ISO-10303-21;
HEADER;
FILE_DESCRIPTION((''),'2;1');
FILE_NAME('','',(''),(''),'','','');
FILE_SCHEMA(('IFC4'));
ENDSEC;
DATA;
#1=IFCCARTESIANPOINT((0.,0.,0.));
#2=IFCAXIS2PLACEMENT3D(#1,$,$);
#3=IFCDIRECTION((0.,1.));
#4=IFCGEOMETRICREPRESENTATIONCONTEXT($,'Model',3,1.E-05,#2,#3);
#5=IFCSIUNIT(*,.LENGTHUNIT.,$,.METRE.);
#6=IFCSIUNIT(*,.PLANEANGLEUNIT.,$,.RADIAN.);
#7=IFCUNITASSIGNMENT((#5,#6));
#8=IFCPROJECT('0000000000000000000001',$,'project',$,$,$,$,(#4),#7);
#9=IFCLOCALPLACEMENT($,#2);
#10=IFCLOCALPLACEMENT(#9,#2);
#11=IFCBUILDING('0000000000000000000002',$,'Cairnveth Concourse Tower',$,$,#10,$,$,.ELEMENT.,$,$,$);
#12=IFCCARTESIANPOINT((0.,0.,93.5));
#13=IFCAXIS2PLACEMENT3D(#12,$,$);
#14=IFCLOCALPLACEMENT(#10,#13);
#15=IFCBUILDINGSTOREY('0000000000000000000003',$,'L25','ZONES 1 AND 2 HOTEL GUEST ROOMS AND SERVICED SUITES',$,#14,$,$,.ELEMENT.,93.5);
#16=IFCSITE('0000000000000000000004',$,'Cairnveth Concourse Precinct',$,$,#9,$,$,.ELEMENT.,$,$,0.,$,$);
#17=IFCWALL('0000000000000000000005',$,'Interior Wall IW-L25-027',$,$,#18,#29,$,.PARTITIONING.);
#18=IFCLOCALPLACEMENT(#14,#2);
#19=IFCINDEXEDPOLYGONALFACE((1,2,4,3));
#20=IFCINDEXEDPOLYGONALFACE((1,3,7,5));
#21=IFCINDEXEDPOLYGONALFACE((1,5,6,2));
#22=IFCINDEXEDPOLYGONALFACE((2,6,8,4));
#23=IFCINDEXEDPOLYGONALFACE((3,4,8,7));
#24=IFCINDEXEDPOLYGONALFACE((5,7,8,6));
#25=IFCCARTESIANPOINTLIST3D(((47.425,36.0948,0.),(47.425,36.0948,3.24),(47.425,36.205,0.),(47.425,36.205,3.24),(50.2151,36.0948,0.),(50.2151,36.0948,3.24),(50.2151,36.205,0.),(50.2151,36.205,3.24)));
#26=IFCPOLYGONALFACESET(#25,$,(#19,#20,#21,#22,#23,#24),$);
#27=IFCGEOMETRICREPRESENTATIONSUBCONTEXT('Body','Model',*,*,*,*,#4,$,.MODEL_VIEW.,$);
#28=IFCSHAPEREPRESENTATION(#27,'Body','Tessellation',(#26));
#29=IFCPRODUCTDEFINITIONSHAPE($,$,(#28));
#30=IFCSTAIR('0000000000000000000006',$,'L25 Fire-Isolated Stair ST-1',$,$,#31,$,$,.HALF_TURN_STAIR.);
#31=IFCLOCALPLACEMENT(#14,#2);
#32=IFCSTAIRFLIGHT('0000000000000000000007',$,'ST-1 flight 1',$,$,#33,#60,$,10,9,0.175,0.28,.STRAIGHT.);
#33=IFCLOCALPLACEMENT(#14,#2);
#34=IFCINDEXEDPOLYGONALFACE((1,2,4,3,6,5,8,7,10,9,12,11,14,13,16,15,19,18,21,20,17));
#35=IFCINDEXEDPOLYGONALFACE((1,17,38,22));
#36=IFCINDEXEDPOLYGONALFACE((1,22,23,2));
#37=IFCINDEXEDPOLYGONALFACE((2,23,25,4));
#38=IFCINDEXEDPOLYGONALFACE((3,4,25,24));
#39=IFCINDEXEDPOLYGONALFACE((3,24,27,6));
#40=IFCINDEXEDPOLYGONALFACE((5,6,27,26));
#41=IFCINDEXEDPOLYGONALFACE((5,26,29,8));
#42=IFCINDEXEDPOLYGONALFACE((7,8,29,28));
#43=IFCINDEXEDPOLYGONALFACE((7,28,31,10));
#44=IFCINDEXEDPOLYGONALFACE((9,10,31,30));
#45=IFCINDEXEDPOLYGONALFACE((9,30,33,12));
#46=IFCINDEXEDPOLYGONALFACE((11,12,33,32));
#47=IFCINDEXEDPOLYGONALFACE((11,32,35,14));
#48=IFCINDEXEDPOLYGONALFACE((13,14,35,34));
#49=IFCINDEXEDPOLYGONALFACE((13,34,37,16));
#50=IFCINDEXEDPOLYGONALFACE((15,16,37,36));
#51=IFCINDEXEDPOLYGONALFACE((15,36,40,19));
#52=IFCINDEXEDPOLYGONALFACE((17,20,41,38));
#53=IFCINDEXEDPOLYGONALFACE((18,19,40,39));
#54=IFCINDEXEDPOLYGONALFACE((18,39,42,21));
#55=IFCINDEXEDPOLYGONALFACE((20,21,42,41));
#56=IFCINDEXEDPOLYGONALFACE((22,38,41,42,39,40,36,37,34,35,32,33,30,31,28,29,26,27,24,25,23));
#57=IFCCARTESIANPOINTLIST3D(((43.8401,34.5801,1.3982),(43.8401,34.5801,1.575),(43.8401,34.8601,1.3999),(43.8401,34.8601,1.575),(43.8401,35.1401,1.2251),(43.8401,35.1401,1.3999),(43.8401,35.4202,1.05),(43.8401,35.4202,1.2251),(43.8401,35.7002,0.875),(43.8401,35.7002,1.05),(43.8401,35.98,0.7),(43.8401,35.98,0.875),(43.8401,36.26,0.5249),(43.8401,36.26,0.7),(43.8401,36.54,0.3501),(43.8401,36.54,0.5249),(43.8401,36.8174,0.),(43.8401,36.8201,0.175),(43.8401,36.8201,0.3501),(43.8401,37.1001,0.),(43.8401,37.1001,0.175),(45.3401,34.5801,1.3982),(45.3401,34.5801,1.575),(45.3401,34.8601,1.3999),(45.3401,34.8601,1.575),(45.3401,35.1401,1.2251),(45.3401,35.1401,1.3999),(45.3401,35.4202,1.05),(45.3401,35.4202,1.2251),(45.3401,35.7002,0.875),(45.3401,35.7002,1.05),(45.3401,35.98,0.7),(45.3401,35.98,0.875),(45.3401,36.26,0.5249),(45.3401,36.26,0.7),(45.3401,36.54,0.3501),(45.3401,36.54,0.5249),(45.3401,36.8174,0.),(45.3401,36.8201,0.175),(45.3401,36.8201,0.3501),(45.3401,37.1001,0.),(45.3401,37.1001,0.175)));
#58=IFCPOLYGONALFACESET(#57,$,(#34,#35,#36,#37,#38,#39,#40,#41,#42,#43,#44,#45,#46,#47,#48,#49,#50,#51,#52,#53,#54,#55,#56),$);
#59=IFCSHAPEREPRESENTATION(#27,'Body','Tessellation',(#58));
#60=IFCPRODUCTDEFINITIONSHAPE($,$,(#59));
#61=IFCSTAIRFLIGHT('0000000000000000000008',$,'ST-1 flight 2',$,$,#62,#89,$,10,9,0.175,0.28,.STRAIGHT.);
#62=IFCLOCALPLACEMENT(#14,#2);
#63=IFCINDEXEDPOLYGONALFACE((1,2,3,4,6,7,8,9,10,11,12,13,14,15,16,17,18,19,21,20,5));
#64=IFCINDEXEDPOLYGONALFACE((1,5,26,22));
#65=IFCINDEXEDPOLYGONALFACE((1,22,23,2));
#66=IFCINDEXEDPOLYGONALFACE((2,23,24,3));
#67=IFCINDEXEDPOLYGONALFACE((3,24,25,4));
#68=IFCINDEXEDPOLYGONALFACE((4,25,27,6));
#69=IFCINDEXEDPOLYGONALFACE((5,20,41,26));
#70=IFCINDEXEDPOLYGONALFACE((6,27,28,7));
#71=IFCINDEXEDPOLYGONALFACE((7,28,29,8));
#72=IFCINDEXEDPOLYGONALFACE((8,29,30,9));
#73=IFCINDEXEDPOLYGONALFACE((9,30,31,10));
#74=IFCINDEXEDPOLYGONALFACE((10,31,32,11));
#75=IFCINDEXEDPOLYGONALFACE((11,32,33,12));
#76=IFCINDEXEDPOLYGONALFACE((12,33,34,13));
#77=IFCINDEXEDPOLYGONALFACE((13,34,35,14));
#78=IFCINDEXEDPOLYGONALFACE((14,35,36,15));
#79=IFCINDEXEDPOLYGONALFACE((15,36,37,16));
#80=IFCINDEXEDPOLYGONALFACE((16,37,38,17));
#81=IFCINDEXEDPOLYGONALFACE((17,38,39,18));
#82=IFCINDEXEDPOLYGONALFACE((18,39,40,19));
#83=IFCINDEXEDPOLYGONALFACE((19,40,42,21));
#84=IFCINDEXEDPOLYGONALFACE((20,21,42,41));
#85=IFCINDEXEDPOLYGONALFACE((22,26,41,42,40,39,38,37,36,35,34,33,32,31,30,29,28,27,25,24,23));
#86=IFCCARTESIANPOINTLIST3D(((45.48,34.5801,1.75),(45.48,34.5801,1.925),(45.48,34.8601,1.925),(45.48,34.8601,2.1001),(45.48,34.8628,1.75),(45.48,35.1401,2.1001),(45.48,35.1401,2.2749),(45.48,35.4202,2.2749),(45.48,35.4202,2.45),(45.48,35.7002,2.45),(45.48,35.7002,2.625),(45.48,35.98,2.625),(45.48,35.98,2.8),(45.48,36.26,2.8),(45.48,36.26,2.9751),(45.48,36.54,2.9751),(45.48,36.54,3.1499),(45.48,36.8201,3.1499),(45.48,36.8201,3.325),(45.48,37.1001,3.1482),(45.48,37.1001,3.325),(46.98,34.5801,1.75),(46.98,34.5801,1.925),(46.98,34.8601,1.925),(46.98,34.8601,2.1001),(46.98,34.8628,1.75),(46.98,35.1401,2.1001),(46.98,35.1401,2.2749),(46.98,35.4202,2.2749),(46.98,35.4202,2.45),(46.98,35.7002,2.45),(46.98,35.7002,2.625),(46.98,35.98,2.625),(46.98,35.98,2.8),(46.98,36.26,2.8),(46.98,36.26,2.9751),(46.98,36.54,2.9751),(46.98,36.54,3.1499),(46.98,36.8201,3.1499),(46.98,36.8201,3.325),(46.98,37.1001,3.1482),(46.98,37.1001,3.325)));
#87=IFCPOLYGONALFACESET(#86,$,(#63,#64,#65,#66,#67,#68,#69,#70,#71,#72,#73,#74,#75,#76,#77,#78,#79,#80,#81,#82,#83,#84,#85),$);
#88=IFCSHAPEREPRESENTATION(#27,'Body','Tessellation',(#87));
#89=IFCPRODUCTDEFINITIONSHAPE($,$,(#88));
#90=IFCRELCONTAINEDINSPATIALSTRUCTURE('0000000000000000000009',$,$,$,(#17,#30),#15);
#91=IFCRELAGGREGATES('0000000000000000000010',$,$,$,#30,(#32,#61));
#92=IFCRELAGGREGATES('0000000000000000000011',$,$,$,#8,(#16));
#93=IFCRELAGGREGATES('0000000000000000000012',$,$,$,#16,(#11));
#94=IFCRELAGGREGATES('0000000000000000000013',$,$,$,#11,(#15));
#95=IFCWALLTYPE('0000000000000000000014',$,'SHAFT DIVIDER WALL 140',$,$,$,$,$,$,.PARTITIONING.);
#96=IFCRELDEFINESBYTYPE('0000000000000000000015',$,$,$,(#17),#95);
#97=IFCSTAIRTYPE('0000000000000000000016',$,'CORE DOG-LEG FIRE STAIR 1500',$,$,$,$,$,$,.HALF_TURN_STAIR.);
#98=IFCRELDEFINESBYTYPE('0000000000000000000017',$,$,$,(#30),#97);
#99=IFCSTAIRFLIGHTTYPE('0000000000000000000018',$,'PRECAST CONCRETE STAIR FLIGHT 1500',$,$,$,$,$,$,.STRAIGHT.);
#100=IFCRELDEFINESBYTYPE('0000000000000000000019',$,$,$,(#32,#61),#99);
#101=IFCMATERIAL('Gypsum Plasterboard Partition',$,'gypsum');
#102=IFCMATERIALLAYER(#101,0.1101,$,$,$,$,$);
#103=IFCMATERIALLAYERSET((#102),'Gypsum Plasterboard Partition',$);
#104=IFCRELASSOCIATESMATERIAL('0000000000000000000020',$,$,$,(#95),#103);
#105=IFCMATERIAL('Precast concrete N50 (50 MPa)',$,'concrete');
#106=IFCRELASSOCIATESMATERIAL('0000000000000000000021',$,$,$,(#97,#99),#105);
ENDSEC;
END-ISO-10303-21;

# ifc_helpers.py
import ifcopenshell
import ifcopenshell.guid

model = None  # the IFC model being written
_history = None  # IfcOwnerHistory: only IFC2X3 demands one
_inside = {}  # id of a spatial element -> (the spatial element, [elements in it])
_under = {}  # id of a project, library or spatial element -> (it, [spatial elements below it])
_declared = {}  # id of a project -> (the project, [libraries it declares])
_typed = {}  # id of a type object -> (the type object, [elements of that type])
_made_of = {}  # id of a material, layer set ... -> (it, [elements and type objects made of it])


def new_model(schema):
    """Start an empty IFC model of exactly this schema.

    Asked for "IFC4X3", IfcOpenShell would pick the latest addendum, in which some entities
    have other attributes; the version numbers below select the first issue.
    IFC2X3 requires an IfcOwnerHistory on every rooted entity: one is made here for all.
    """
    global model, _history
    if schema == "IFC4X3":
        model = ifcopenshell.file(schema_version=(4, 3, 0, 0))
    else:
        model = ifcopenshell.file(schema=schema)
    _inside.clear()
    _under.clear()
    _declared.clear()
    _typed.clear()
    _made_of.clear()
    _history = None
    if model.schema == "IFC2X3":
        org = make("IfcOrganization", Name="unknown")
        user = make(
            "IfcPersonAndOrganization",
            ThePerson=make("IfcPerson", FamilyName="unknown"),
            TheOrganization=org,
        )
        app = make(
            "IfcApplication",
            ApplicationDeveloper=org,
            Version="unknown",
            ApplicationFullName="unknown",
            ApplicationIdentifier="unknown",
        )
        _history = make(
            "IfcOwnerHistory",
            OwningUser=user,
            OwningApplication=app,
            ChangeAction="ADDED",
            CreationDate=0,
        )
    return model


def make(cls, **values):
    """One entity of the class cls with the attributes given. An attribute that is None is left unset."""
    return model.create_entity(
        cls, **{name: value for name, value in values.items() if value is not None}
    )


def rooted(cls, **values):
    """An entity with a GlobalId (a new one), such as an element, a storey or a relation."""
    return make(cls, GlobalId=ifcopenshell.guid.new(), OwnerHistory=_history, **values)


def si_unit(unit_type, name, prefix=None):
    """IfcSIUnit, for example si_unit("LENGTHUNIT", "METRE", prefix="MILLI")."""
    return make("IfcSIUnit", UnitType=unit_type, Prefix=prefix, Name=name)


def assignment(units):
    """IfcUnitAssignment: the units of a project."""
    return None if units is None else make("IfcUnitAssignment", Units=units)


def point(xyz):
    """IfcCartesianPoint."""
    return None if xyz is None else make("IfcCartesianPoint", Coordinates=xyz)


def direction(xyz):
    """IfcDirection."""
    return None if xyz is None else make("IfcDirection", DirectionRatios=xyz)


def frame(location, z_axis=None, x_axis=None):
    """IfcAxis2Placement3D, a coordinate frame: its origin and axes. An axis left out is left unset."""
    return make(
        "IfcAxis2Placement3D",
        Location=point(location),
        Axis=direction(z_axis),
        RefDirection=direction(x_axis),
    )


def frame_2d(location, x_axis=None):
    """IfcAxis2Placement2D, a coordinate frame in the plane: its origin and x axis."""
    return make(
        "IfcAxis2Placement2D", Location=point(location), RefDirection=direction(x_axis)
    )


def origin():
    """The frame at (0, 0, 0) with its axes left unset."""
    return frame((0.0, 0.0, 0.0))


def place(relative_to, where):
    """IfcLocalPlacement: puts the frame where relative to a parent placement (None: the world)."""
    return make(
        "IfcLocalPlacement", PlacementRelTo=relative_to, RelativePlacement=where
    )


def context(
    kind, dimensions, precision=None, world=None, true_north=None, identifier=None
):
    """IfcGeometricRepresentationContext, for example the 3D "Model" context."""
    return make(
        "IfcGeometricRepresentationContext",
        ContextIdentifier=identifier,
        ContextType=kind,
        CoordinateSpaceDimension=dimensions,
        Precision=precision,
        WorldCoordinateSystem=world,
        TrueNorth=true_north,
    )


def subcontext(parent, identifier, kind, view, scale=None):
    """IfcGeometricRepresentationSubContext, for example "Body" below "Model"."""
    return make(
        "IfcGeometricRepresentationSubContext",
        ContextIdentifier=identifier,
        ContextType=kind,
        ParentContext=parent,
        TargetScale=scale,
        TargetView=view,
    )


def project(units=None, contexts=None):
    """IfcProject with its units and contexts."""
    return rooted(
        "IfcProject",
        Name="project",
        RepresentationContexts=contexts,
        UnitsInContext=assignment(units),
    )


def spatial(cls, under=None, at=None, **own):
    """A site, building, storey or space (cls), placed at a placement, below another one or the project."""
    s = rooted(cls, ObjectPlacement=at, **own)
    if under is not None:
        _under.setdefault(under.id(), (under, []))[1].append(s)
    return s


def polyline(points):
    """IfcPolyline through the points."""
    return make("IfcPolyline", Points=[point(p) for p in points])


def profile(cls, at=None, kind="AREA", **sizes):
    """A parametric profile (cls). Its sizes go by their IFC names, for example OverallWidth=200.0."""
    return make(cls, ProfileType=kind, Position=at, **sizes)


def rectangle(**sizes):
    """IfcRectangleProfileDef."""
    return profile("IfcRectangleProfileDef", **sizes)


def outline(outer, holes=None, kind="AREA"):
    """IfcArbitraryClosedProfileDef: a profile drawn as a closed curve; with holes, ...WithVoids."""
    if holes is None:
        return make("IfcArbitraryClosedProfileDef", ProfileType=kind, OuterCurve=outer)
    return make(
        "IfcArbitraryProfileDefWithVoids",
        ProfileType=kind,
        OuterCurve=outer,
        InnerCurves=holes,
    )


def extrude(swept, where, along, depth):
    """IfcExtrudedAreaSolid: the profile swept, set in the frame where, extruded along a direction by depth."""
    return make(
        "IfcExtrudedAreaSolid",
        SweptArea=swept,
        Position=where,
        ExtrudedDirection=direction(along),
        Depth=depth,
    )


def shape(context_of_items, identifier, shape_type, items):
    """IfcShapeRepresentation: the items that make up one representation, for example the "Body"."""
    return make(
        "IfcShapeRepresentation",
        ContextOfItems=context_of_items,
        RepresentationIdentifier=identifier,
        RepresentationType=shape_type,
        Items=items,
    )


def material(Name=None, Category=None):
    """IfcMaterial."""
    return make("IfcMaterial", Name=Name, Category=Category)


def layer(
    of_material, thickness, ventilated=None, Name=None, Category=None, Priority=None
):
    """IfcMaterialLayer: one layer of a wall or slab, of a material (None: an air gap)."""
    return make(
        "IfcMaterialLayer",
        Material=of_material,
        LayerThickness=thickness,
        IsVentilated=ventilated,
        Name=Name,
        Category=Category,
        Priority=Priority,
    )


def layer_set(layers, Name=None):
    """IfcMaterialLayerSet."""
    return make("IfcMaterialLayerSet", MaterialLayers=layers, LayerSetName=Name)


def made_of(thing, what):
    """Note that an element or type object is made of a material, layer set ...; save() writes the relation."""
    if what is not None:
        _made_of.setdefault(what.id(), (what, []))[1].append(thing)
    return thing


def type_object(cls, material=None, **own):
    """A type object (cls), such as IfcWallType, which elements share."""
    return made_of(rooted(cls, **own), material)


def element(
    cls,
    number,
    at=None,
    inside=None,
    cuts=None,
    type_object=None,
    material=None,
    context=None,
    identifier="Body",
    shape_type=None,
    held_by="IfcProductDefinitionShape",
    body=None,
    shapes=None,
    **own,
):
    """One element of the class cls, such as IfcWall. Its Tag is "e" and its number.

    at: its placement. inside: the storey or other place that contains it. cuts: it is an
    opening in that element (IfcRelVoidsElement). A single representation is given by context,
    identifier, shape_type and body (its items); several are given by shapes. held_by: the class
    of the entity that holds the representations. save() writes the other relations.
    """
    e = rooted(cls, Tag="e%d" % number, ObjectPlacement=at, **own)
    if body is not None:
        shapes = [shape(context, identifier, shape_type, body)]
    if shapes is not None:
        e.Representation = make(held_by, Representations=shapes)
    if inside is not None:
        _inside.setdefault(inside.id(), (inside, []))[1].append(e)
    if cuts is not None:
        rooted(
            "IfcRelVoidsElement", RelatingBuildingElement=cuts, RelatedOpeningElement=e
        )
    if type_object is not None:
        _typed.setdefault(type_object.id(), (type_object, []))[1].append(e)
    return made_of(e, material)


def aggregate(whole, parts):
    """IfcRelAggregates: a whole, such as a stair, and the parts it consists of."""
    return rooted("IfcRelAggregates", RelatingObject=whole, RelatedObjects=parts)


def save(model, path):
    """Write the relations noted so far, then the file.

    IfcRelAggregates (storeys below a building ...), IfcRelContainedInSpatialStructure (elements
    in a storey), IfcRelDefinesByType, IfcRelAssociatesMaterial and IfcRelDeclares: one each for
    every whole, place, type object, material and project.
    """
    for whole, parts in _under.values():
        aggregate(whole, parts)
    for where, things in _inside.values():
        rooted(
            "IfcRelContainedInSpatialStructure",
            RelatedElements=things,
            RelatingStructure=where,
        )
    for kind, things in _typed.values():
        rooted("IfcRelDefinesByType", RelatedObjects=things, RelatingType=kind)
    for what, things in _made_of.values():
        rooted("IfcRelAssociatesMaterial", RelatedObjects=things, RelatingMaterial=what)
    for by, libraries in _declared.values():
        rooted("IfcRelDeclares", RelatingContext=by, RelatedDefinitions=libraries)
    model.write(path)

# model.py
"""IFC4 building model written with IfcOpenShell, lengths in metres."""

from ifc_helpers import new_model, si_unit, direction, frame, frame_2d, origin, place, context, subcontext, project, spatial, polyline, rectangle, outline, extrude, material, layer, layer_set, type_object, element, aggregate, save


model = new_model("IFC4")

# Units and contexts
model_context = context("Model", 3, precision=1e-05, world=origin(), true_north=direction((0.0, 1.0)))
body_context = subcontext(model_context, "Body", "Model", "MODEL_VIEW")
ifc_project = project(units=[si_unit("LENGTHUNIT", "METRE"), si_unit("PLANEANGLEUNIT", "RADIAN")], contexts=[model_context])

# Site, building, storey
site_placement = place(None, origin())
site = spatial("IfcSite", under=ifc_project, at=site_placement, Name="Cairnveth Concourse Precinct", CompositionType="ELEMENT", RefElevation=0.0)
building_placement = place(site_placement, origin())
building = spatial("IfcBuilding", under=site, at=building_placement, Name="Cairnveth Concourse Tower", CompositionType="ELEMENT")
storey_placement = place(building_placement, frame((0.0, 0.0, 93.5)))
storey = spatial("IfcBuildingStorey", under=building, at=storey_placement, Name="L25", Description="ZONES 1 AND 2 HOTEL GUEST ROOMS AND SERVICED SUITES", CompositionType="ELEMENT", Elevation=93.5)

# Wall
ifc_material_1 = material(Name="Gypsum Plasterboard Partition", Category="gypsum")
ifc_layer_1 = layer(ifc_material_1, 0.1101)
ifc_layer_set_1 = layer_set([ifc_layer_1], Name="Gypsum Plasterboard Partition")
wall_type_1 = type_object("IfcWallType", Name="SHAFT DIVIDER WALL 140", PredefinedType="PARTITIONING", material=ifc_layer_set_1)
for number, where, z_axis, x_axis, name in (
    (1, (47.425, 36.1499, 0.0), (0.0, 0.0, 1.0), (1.0, 0.0, 0.0), "Interior Wall IW-L25-027"),
):
    element("IfcWall", number, at=place(storey_placement, frame(where, z_axis=z_axis, x_axis=x_axis)), inside=storey, type_object=wall_type_1, Name=name, PredefinedType="PARTITIONING", context=body_context, shape_type="SweptSolid", body=[
        extrude(rectangle(XDim=2.79, YDim=0.1101, at=frame_2d((1.395, 0.0))), origin(), (0.0, 0.0, 1.0), 3.24),
    ])

# Stair, stair flights
ifc_material_2 = material(Name="Precast concrete N50 (50 MPa)", Category="concrete")
stair_type = type_object("IfcStairType", Name="CORE DOG-LEG FIRE STAIR 1500", PredefinedType="HALF_TURN_STAIR", material=ifc_material_2)
stair_placement = place(storey_placement, origin())
stair = element("IfcStair", 2, at=stair_placement, inside=storey, type_object=stair_type, Name="L25 Fire-Isolated Stair ST-1", PredefinedType="HALF_TURN_STAIR")
stair_flight_type = type_object("IfcStairFlightType", Name="PRECAST CONCRETE STAIR FLIGHT 1500", PredefinedType="STRAIGHT", material=ifc_material_2)
stair_flight_1_placement = place(storey_placement, frame((44.5901, 37.1001, 0.0), z_axis=(0.0, 0.0, 1.0), x_axis=(0.0, -1.0, 0.0)))
stair_flight_1 = element("IfcStairFlight", 3, at=stair_flight_1_placement, type_object=stair_flight_type, Name="ST-1 flight 1", NumberOfRisers=10, NumberOfTreads=9, PredefinedType="STRAIGHT", RiserHeight=0.175, TreadLength=0.28, context=body_context, shape_type="SweptSolid", body=[
    extrude(outline(polyline([(0.0, 0.0), (0.0, 0.175), (0.28, 0.175), (0.28, 0.3501), (0.5601, 0.3501), (0.5601, 0.5249), (0.8401, 0.5249), (0.8401, 0.7), (1.1201, 0.7), (1.1201, 0.875), (1.3999, 0.875), (1.3999, 1.05), (1.6799, 1.05), (1.6799, 1.2251), (1.96, 1.2251), (1.96, 1.3999), (2.24, 1.3999), (2.24, 1.575), (2.52, 1.575), (2.52, 1.75), (2.52, 1.3982), (0.2827, 0.0), (0.0, 0.0)])), frame((0.0, 0.75, 0.0), z_axis=(0.0, -1.0, 0.0), x_axis=(1.0, 0.0, 0.0)), (0.0, 0.0, 1.0), 1.5),
])
stair_flight_2_placement = place(storey_placement, frame((46.23, 34.5801, 1.75), z_axis=(0.0, 0.0, 1.0), x_axis=(0.0, 1.0, 0.0)))
stair_flight_2 = element("IfcStairFlight", 4, at=stair_flight_2_placement, type_object=stair_flight_type, Name="ST-1 flight 2", NumberOfRisers=10, NumberOfTreads=9, PredefinedType="STRAIGHT", RiserHeight=0.175, TreadLength=0.28, context=body_context, shape_type="SweptSolid", body=[
    extrude(outline(polyline([(0.0, 0.0), (0.0, 0.175), (0.28, 0.175), (0.28, 0.3501), (0.5601, 0.3501), (0.5601, 0.5249), (0.8401, 0.5249), (0.8401, 0.7), (1.1201, 0.7), (1.1201, 0.875), (1.3999, 0.875), (1.3999, 1.05), (1.6799, 1.05), (1.6799, 1.2251), (1.96, 1.2251), (1.96, 1.3999), (2.24, 1.3999), (2.24, 1.575), (2.52, 1.575), (2.52, 1.75), (2.52, 1.3982), (0.2827, 0.0), (0.0, 0.0)])), frame((0.0, 0.75, 0.0), z_axis=(0.0, -1.0, 0.0), x_axis=(1.0, 0.0, 0.0)), (0.0, 0.0, 1.0), 1.5),
])
aggregate(stair, [stair_flight_1, stair_flight_2])

save(model, "model.ifc")
